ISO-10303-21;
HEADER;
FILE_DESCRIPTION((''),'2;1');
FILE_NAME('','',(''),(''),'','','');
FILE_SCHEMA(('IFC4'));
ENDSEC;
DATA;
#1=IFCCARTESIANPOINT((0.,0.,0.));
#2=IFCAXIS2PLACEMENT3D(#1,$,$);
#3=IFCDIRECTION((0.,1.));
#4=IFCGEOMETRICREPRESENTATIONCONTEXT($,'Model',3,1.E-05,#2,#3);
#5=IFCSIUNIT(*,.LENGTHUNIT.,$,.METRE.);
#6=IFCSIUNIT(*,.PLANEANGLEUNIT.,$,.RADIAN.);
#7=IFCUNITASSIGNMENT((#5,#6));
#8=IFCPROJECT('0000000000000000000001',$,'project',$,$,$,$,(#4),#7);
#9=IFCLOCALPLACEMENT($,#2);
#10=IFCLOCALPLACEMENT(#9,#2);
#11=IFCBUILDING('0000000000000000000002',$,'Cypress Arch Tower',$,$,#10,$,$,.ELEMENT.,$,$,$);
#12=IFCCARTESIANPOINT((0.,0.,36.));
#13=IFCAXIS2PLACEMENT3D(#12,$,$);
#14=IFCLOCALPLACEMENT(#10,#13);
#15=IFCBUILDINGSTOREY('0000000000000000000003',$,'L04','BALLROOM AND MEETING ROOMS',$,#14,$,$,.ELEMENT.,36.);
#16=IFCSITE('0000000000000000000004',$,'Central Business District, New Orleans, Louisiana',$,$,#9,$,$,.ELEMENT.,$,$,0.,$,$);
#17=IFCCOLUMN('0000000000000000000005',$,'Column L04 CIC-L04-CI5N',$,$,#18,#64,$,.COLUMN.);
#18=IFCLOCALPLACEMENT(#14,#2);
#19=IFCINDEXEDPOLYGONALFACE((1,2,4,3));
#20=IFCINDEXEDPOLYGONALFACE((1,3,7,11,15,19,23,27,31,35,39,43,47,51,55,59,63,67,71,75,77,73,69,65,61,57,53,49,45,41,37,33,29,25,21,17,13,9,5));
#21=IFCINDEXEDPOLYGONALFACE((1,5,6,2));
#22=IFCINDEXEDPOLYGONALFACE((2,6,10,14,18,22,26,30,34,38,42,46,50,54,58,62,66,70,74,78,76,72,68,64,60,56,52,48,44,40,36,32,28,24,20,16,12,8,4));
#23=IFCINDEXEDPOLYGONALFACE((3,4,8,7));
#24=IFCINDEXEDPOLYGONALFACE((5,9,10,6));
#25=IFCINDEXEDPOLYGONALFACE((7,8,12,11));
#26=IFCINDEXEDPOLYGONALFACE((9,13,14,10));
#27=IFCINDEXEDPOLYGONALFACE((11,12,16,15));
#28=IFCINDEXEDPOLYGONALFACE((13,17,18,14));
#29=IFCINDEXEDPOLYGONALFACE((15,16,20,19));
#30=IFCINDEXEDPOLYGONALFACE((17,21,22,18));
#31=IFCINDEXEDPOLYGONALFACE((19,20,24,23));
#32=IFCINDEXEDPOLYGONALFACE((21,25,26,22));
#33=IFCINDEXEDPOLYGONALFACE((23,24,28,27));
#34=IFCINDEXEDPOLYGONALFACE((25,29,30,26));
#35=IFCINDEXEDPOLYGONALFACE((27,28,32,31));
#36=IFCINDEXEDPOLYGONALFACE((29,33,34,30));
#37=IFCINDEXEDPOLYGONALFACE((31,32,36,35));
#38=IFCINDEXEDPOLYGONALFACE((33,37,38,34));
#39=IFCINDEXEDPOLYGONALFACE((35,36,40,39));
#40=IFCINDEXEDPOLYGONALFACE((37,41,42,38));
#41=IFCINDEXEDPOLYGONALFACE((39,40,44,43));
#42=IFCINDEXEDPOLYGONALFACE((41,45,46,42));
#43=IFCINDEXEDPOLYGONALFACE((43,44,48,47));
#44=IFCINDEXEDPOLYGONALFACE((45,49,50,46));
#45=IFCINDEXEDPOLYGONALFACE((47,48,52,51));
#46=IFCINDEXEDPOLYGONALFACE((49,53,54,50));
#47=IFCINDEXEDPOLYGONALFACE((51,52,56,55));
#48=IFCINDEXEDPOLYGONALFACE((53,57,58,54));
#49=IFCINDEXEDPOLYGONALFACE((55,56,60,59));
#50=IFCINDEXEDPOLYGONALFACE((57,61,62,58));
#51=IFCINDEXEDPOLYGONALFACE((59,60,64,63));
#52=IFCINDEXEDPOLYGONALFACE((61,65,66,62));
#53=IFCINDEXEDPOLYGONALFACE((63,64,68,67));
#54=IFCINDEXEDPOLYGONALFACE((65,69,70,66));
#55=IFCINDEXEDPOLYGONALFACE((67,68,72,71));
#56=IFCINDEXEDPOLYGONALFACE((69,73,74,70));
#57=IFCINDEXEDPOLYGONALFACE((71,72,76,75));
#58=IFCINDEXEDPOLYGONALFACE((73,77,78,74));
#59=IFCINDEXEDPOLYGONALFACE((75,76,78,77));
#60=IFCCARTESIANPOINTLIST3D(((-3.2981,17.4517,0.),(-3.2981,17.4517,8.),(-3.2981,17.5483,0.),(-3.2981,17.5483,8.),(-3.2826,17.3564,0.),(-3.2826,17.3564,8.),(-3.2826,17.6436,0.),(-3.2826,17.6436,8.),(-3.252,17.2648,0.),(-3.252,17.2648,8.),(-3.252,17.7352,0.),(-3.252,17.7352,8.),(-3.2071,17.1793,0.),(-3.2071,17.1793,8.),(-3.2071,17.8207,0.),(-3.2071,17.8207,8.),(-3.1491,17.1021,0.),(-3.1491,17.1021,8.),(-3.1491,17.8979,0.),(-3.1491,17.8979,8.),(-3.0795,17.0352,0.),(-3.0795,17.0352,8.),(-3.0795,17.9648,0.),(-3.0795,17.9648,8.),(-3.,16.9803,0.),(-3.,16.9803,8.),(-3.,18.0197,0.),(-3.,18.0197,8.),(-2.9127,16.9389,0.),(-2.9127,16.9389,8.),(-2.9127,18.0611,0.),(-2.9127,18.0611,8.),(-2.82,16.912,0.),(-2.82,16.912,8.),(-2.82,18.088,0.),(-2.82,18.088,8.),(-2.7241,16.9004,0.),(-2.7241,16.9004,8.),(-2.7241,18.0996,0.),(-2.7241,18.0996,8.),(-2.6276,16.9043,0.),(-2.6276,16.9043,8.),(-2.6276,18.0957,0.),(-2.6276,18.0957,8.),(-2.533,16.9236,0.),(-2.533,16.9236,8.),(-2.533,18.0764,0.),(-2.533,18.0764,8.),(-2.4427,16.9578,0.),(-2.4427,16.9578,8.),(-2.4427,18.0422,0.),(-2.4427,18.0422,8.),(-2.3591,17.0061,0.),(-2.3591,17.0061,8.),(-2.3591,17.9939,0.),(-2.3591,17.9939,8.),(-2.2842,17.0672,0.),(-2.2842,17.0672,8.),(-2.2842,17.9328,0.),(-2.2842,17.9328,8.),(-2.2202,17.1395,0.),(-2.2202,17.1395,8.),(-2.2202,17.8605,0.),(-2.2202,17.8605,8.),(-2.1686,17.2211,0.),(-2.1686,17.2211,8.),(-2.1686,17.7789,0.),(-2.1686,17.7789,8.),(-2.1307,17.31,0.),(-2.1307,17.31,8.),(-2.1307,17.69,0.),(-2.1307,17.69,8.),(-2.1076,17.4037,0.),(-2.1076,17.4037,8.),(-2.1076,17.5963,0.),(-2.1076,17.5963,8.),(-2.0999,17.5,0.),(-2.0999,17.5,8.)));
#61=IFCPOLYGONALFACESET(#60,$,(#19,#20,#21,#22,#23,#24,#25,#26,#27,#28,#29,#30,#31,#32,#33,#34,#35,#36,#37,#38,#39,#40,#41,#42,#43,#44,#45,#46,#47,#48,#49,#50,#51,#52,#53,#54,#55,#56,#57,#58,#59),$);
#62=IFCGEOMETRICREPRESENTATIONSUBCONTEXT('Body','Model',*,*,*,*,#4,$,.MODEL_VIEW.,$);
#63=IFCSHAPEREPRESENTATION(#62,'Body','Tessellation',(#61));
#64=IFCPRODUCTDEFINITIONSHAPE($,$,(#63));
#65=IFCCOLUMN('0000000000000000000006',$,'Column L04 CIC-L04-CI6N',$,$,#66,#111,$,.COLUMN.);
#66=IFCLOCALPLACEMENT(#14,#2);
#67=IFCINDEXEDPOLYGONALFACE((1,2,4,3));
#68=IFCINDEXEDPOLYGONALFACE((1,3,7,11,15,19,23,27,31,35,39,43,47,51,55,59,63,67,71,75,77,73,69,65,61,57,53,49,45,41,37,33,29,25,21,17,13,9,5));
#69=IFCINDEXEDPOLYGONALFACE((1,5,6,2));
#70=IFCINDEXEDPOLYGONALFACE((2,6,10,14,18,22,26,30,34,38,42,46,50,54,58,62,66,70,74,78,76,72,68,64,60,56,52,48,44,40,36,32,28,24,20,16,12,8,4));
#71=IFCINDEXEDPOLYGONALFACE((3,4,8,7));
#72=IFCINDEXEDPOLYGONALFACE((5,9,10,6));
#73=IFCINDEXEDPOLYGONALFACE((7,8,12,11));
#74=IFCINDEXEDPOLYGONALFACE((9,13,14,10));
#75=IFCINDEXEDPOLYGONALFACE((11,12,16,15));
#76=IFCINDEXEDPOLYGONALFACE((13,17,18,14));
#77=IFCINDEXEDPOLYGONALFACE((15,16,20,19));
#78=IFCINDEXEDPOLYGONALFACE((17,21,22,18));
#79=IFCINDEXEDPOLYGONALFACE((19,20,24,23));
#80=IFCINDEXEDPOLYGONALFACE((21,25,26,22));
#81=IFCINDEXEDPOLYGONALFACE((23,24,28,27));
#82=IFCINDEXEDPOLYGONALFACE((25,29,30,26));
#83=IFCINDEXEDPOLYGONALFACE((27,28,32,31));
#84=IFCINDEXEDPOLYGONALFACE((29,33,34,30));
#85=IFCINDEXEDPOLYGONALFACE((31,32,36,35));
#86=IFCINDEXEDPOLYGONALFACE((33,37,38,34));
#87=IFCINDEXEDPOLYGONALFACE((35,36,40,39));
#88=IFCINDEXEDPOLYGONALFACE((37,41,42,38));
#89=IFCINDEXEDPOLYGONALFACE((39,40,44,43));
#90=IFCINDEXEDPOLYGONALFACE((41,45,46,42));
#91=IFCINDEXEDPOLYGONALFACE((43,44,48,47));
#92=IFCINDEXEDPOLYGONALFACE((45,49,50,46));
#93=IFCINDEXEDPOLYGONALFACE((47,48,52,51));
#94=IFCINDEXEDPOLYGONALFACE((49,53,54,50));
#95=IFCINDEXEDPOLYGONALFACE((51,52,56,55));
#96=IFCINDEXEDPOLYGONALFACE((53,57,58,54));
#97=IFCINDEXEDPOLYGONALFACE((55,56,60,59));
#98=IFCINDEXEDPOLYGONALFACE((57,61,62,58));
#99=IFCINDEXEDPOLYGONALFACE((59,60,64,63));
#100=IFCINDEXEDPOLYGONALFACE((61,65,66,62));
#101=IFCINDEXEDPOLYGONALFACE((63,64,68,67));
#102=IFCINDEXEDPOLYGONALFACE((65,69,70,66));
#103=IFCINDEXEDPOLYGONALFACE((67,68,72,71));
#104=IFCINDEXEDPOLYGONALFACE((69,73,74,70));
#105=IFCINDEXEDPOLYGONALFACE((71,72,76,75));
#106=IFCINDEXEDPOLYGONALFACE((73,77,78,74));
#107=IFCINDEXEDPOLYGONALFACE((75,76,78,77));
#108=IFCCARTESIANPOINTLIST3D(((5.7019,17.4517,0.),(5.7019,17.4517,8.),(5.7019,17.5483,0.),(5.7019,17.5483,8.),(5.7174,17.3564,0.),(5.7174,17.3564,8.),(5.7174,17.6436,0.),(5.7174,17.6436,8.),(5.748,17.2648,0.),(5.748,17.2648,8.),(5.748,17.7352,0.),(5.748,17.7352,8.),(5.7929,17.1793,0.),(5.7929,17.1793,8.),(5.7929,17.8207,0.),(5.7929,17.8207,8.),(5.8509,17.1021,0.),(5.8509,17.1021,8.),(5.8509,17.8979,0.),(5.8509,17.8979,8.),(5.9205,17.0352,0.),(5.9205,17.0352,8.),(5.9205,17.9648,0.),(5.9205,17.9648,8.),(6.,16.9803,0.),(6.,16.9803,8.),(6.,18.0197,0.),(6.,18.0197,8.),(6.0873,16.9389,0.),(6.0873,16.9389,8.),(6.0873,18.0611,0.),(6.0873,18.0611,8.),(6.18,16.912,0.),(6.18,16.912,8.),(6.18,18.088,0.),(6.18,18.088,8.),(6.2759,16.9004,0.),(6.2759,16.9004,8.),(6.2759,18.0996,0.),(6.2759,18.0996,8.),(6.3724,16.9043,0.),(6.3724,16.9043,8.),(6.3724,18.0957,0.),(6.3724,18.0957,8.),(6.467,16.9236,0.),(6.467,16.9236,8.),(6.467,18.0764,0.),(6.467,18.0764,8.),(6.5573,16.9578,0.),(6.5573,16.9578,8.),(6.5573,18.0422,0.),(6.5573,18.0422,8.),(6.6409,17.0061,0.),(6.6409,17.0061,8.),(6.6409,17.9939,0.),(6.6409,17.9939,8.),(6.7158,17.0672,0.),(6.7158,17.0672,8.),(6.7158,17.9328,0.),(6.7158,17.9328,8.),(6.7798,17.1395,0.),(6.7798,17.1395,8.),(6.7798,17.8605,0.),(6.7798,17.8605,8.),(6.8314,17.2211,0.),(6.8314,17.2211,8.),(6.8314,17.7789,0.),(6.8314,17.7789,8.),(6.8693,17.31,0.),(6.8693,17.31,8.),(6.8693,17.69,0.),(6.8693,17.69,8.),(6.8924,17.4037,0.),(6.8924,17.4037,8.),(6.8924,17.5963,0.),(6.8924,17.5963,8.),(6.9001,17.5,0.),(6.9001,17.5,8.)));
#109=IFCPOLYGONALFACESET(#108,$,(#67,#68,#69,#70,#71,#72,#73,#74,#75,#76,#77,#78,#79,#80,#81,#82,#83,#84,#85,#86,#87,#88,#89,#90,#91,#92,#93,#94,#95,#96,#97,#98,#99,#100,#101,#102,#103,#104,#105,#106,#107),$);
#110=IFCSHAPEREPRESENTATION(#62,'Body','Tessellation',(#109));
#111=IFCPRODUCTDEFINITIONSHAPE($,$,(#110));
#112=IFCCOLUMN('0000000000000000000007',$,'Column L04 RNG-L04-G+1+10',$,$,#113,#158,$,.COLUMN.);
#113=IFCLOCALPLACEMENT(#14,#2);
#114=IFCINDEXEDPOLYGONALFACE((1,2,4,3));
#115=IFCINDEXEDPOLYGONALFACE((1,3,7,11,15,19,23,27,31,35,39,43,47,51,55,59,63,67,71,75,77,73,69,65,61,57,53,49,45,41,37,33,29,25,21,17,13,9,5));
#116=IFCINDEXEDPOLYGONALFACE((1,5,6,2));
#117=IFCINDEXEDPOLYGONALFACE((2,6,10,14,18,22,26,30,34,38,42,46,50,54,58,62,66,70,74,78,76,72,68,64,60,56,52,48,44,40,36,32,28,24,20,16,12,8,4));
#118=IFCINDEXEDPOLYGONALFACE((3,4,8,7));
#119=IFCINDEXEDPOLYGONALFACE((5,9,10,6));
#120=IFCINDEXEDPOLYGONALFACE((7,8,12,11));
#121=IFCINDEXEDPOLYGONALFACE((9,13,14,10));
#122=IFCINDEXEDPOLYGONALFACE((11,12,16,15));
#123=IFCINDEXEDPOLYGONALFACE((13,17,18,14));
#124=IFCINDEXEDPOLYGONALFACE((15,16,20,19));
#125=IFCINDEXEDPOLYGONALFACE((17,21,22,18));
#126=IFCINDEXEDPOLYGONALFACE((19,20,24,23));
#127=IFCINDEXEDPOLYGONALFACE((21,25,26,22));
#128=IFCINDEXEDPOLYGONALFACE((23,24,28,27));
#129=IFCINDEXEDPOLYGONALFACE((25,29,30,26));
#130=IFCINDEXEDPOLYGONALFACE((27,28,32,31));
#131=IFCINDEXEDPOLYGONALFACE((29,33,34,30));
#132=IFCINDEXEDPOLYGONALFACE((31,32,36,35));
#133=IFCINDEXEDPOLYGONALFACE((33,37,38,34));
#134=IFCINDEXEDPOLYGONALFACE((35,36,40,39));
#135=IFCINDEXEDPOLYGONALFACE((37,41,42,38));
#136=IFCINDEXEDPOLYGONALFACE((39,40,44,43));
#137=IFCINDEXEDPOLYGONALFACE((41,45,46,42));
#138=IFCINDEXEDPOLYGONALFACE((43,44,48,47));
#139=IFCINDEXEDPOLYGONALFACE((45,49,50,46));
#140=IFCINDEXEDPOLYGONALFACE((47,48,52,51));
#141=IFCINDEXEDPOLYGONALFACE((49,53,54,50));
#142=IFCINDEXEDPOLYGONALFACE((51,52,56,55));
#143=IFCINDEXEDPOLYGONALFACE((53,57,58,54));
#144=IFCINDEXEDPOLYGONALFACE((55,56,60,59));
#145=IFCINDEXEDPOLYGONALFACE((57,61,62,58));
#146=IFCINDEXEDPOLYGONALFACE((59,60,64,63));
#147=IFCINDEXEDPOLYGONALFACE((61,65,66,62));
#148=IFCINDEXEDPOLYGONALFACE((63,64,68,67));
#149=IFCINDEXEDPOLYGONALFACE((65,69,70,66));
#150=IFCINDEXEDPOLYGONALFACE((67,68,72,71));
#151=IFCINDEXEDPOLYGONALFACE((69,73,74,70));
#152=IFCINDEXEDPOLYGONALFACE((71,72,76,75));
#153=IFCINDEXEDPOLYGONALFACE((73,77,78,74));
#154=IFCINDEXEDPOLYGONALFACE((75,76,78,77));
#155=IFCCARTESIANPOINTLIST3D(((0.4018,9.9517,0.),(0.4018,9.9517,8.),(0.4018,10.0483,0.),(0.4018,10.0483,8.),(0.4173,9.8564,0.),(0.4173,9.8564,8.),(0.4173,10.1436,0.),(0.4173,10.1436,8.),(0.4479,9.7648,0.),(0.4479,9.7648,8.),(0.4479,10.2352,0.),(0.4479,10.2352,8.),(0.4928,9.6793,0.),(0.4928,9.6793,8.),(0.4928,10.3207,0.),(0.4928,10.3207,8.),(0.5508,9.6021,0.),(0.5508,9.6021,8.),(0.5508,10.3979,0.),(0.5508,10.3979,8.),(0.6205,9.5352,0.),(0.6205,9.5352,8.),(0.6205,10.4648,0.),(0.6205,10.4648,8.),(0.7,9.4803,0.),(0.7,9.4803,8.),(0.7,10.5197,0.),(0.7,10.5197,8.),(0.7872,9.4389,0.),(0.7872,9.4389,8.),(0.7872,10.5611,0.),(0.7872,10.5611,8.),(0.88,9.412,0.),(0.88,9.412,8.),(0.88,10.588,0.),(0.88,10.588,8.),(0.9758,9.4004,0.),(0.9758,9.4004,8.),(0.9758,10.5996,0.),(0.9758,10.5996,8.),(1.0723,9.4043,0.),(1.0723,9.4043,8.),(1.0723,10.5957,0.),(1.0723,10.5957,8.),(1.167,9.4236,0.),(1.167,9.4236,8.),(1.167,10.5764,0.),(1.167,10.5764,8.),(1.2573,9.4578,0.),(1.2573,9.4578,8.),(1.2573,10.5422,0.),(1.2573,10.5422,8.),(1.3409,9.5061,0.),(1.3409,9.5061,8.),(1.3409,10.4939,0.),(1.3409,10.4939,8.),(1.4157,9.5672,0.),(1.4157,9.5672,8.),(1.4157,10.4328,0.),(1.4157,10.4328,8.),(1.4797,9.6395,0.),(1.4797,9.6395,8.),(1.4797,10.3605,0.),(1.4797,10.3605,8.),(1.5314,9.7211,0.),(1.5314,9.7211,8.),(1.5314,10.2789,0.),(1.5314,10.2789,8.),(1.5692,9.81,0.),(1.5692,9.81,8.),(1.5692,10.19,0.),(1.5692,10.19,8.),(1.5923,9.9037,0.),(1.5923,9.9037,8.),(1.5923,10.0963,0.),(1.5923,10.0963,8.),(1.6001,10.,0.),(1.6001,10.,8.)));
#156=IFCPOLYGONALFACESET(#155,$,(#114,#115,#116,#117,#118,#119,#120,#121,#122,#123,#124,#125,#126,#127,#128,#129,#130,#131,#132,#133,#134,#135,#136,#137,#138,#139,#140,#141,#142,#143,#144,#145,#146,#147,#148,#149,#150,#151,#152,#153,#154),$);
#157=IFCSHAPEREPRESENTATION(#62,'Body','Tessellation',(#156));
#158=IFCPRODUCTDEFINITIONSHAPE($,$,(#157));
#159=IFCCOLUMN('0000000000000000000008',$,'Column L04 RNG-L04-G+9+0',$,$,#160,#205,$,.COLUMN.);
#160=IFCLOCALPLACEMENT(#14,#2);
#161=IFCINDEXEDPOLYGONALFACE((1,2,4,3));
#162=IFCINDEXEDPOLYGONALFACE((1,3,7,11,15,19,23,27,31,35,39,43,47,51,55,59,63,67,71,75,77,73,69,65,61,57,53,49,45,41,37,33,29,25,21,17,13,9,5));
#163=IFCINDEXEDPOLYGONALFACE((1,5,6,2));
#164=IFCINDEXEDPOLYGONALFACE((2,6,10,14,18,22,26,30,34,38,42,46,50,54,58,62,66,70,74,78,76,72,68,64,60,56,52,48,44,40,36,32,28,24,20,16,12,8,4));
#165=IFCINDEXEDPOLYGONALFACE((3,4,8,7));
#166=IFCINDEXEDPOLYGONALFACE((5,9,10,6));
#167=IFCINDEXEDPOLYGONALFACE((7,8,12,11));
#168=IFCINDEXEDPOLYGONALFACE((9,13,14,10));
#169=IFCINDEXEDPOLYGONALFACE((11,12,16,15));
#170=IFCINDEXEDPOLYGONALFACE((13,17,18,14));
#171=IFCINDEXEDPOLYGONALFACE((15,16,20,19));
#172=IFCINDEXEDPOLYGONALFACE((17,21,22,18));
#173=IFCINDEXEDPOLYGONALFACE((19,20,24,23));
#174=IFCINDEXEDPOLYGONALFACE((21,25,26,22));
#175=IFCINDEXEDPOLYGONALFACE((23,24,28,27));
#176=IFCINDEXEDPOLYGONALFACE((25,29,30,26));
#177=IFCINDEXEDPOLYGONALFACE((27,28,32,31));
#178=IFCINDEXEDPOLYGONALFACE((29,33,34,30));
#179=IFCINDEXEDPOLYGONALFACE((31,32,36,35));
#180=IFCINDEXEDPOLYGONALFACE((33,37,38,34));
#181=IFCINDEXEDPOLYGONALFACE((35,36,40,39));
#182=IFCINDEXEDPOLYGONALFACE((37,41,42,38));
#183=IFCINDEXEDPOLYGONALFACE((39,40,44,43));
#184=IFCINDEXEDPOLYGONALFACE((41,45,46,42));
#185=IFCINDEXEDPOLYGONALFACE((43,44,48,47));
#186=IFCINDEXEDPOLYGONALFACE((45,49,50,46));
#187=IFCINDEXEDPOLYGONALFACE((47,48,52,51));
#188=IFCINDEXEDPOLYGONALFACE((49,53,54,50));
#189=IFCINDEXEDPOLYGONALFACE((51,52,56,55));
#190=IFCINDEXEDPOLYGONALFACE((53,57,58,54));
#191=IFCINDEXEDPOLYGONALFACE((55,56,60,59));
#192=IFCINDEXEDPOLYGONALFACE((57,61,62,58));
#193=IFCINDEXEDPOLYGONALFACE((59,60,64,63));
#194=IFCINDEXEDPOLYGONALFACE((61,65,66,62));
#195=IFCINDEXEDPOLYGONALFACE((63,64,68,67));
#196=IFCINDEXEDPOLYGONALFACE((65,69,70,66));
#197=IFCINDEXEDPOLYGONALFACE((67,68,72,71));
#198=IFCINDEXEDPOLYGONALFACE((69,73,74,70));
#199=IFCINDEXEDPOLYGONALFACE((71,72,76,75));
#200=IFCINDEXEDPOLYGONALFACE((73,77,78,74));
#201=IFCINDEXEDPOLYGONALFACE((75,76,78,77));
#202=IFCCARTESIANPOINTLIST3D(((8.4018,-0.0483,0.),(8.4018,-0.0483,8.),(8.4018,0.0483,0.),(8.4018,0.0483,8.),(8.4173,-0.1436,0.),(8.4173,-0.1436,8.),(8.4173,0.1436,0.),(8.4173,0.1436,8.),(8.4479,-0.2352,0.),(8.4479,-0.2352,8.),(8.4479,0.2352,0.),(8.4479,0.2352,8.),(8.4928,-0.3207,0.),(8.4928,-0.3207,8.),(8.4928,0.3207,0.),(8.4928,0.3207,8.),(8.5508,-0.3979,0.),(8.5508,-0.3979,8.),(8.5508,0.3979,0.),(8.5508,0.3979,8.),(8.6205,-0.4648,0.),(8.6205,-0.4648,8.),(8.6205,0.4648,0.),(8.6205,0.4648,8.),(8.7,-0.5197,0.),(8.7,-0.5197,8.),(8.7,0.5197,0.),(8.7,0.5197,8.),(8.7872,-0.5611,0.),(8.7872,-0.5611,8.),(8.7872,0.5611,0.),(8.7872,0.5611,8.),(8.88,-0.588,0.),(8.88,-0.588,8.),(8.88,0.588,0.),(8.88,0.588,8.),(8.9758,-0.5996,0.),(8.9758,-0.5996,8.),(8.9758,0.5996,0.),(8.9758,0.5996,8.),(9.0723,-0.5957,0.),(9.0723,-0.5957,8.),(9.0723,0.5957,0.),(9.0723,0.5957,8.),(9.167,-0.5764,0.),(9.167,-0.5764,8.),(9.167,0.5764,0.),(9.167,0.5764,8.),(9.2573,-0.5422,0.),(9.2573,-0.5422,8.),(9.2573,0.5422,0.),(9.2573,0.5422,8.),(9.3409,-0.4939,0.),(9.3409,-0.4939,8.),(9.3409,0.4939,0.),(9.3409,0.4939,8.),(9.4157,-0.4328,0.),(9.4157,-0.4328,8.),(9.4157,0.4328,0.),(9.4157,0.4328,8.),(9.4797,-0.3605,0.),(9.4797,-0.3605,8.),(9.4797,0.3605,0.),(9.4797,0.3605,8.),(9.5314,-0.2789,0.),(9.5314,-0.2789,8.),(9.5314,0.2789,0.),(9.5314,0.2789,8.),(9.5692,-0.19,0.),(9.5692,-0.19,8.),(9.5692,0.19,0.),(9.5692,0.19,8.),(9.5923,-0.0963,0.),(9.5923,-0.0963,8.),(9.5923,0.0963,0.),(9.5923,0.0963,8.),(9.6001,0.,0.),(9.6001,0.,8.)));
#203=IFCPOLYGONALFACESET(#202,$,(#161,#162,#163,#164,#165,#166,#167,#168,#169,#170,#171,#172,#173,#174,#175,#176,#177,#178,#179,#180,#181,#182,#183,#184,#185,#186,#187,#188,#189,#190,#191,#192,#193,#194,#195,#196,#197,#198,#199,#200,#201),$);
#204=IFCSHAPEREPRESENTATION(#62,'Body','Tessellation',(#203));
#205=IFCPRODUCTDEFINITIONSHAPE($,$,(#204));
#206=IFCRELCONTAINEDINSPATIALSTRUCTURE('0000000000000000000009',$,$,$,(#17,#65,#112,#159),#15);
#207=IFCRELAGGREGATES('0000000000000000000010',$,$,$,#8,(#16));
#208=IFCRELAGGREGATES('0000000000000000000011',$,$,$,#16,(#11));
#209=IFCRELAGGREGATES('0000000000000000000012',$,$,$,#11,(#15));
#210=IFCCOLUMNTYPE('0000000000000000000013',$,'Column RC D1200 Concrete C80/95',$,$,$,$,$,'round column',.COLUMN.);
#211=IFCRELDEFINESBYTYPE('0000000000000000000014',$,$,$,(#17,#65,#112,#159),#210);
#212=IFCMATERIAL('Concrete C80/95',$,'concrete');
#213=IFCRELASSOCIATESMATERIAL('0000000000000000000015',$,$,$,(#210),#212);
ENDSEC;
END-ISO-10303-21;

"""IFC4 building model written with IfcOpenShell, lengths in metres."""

from ifc_helpers import new_model, si_unit, direction, frame, origin, origin_2d, place, context, subcontext, project, spatial, circle, extrude, material, material_profile, profile_set, type_object, element, save


model = new_model("IFC4")

# Units and contexts
model_context = context("Model", 3, precision=1e-05, world=origin(), true_north=direction((0.0, 1.0)))
body_context = subcontext(model_context, "Body", "Model", "MODEL_VIEW")
ifc_project = project(units=[si_unit("LENGTHUNIT", "METRE"), si_unit("PLANEANGLEUNIT", "RADIAN")], contexts=[model_context])

# Site, building, storey
site_placement = place(None, origin())
site = spatial("IfcSite", under=ifc_project, at=site_placement, Name="Central Business District, New Orleans, Louisiana", CompositionType="ELEMENT", RefElevation=0.0)
building_placement = place(site_placement, origin())
building = spatial("IfcBuilding", under=site, at=building_placement, Name="Cypress Arch Tower", CompositionType="ELEMENT")
storey_placement = place(building_placement, frame((0.0, 0.0, 36.0)))
storey = spatial("IfcBuildingStorey", under=building, at=storey_placement, Name="L04", Description="BALLROOM AND MEETING ROOMS", CompositionType="ELEMENT", Elevation=36.0)

# Columns
ifc_material_1 = material(Name="Concrete C80/95", Category="concrete")
ifc_material_profile_1 = material_profile(ifc_material_1, circle(Radius=0.6001, at=origin_2d()), Name="RC D1200")
ifc_profile_set_1 = profile_set([ifc_material_profile_1], Name="Concrete C80/95")
column_type_1 = type_object("IfcColumnType", Name="Column RC D1200 Concrete C80/95", ElementType="round column", PredefinedType="COLUMN", material=ifc_profile_set_1)
for number, where, z_axis, x_axis, name in (
    (1, (-2.7, 17.5, 0.0), (0.0, 0.0, 1.0), (1.0, 0.0, 0.0), "Column L04 CIC-L04-CI5N"),
    (2, (6.3, 17.5, 0.0), (0.0, 0.0, 1.0), (1.0, 0.0, 0.0), "Column L04 CIC-L04-CI6N"),
    (3, (1.0, 10.0, 0.0), (0.0, 0.0, 1.0), (1.0, 0.0, 0.0), "Column L04 RNG-L04-G+1+10"),
    (4, (9.0, 0.0, 0.0), (0.0, 0.0, 1.0), (1.0, 0.0, 0.0), "Column L04 RNG-L04-G+9+0"),
):
    element("IfcColumn", number, at=place(storey_placement, frame(where, z_axis=z_axis, x_axis=x_axis)), inside=storey, type_object=column_type_1, Name=name, PredefinedType="COLUMN", context=body_context, shape_type="SweptSolid", body=[
        extrude(circle(Radius=0.6001, at=origin_2d()), origin(), (0.0, 0.0, 1.0), 8.0),
    ])

save(model, "model.ifc")
